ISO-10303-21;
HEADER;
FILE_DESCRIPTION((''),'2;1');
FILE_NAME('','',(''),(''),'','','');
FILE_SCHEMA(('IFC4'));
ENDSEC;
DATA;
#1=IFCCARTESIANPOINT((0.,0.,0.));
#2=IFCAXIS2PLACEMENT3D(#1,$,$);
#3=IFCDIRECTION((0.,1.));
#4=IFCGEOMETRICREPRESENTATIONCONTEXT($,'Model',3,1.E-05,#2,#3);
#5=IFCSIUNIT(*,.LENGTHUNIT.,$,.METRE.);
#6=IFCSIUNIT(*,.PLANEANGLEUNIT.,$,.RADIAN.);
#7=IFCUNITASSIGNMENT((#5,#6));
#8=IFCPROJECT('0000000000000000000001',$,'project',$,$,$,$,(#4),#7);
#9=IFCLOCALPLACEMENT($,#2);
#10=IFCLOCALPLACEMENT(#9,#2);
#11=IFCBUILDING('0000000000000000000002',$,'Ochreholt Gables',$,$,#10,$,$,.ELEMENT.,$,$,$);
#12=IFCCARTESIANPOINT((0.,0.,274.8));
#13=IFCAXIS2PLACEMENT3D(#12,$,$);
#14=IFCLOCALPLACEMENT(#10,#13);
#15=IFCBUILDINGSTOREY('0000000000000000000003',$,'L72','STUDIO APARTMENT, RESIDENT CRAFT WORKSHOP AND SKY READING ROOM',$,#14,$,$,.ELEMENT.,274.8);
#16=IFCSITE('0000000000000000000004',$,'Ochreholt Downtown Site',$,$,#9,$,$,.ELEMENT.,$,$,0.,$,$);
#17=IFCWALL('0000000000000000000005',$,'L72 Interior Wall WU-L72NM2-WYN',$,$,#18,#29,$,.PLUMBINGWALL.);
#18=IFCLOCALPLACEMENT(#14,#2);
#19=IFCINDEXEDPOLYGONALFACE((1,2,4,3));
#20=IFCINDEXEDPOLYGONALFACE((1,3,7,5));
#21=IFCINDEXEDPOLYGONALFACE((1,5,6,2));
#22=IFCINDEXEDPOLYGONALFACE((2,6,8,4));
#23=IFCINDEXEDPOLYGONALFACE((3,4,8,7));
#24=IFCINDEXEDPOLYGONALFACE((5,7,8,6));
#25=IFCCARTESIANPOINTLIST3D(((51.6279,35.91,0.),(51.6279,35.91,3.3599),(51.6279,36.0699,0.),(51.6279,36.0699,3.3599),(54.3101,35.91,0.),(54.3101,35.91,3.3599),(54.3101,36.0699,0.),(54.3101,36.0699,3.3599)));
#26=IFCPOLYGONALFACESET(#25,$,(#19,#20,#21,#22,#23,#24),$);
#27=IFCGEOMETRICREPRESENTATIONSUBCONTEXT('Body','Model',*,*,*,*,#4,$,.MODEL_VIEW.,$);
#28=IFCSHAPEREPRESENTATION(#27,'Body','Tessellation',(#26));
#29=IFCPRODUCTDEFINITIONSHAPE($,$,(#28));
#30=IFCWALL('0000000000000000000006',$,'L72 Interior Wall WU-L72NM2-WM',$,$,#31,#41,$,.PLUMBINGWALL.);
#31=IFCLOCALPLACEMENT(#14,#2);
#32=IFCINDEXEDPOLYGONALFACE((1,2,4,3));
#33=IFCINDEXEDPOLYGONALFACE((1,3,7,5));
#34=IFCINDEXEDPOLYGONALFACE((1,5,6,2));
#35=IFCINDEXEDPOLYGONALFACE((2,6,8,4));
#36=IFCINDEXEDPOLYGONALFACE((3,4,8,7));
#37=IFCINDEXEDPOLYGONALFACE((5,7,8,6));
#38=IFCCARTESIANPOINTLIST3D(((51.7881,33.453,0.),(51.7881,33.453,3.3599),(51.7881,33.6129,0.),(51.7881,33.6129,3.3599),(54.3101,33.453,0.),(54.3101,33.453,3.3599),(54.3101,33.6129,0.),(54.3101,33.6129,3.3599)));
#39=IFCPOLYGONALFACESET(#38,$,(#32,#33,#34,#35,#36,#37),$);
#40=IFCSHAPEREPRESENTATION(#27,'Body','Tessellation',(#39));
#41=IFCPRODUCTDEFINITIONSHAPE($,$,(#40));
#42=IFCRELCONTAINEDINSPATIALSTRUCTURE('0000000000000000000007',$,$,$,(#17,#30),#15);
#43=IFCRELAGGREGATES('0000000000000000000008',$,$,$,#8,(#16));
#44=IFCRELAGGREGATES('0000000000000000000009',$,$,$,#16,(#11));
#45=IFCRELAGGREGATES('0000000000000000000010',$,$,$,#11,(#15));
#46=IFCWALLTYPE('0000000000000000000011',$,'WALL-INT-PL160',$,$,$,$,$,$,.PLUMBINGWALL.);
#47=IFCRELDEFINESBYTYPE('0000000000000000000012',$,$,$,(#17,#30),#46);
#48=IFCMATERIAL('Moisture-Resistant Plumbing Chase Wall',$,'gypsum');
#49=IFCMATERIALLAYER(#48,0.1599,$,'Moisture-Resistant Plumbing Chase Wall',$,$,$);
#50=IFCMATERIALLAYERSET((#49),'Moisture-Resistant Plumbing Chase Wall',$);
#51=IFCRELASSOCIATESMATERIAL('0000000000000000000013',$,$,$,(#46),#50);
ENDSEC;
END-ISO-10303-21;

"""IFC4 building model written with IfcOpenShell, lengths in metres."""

from ifc_helpers import new_model, si_unit, direction, frame, frame_2d, origin, place, context, subcontext, project, spatial, rectangle, extrude, material, layer, layer_set, type_object, element, save


model = new_model("IFC4")

# Units and contexts
model_context = context("Model", 3, precision=1e-05, world=origin(), true_north=direction((0.0, 1.0)))
body_context = subcontext(model_context, "Body", "Model", "MODEL_VIEW")
ifc_project = project(units=[si_unit("LENGTHUNIT", "METRE"), si_unit("PLANEANGLEUNIT", "RADIAN")], contexts=[model_context])

# Site, building, storey
site_placement = place(None, origin())
site = spatial("IfcSite", under=ifc_project, at=site_placement, Name="Ochreholt Downtown Site", CompositionType="ELEMENT", RefElevation=0.0)
building_placement = place(site_placement, origin())
building = spatial("IfcBuilding", under=site, at=building_placement, Name="Ochreholt Gables", CompositionType="ELEMENT")
storey_placement = place(building_placement, frame((0.0, 0.0, 274.8)))
storey = spatial("IfcBuildingStorey", under=building, at=storey_placement, Name="L72", Description="STUDIO APARTMENT, RESIDENT CRAFT WORKSHOP AND SKY READING ROOM", CompositionType="ELEMENT", Elevation=274.8)

# Walls
ifc_material_1 = material(Name="Moisture-Resistant Plumbing Chase Wall", Category="gypsum")
ifc_layer_1 = layer(ifc_material_1, 0.1599, Name="Moisture-Resistant Plumbing Chase Wall")
ifc_layer_set_1 = layer_set([ifc_layer_1], Name="Moisture-Resistant Plumbing Chase Wall")
wall_type_1 = type_object("IfcWallType", Name="WALL-INT-PL160", PredefinedType="PLUMBINGWALL", material=ifc_layer_set_1)
wall_1_placement = place(storey_placement, frame((51.6279, 35.99, 0.0), z_axis=(0.0, 0.0, 1.0), x_axis=(1.0, 0.0, 0.0)))
element("IfcWall", 1, at=wall_1_placement, inside=storey, type_object=wall_type_1, Name="L72 Interior Wall WU-L72NM2-WYN", PredefinedType="PLUMBINGWALL", context=body_context, shape_type="SweptSolid", body=[
    extrude(rectangle(XDim=2.6821, YDim=0.1599, at=frame_2d((1.3411, 0.0))), origin(), (0.0, 0.0, 1.0), 3.3599),
])
wall_2_placement = place(storey_placement, frame((51.7881, 33.533, 0.0), z_axis=(0.0, 0.0, 1.0), x_axis=(1.0, 0.0, 0.0)))
element("IfcWall", 2, at=wall_2_placement, inside=storey, type_object=wall_type_1, Name="L72 Interior Wall WU-L72NM2-WM", PredefinedType="PLUMBINGWALL", context=body_context, shape_type="SweptSolid", body=[
    extrude(rectangle(XDim=2.522, YDim=0.1599, at=frame_2d((1.261, 0.0))), origin(), (0.0, 0.0, 1.0), 3.3599),
])

save(model, "model.ifc")
